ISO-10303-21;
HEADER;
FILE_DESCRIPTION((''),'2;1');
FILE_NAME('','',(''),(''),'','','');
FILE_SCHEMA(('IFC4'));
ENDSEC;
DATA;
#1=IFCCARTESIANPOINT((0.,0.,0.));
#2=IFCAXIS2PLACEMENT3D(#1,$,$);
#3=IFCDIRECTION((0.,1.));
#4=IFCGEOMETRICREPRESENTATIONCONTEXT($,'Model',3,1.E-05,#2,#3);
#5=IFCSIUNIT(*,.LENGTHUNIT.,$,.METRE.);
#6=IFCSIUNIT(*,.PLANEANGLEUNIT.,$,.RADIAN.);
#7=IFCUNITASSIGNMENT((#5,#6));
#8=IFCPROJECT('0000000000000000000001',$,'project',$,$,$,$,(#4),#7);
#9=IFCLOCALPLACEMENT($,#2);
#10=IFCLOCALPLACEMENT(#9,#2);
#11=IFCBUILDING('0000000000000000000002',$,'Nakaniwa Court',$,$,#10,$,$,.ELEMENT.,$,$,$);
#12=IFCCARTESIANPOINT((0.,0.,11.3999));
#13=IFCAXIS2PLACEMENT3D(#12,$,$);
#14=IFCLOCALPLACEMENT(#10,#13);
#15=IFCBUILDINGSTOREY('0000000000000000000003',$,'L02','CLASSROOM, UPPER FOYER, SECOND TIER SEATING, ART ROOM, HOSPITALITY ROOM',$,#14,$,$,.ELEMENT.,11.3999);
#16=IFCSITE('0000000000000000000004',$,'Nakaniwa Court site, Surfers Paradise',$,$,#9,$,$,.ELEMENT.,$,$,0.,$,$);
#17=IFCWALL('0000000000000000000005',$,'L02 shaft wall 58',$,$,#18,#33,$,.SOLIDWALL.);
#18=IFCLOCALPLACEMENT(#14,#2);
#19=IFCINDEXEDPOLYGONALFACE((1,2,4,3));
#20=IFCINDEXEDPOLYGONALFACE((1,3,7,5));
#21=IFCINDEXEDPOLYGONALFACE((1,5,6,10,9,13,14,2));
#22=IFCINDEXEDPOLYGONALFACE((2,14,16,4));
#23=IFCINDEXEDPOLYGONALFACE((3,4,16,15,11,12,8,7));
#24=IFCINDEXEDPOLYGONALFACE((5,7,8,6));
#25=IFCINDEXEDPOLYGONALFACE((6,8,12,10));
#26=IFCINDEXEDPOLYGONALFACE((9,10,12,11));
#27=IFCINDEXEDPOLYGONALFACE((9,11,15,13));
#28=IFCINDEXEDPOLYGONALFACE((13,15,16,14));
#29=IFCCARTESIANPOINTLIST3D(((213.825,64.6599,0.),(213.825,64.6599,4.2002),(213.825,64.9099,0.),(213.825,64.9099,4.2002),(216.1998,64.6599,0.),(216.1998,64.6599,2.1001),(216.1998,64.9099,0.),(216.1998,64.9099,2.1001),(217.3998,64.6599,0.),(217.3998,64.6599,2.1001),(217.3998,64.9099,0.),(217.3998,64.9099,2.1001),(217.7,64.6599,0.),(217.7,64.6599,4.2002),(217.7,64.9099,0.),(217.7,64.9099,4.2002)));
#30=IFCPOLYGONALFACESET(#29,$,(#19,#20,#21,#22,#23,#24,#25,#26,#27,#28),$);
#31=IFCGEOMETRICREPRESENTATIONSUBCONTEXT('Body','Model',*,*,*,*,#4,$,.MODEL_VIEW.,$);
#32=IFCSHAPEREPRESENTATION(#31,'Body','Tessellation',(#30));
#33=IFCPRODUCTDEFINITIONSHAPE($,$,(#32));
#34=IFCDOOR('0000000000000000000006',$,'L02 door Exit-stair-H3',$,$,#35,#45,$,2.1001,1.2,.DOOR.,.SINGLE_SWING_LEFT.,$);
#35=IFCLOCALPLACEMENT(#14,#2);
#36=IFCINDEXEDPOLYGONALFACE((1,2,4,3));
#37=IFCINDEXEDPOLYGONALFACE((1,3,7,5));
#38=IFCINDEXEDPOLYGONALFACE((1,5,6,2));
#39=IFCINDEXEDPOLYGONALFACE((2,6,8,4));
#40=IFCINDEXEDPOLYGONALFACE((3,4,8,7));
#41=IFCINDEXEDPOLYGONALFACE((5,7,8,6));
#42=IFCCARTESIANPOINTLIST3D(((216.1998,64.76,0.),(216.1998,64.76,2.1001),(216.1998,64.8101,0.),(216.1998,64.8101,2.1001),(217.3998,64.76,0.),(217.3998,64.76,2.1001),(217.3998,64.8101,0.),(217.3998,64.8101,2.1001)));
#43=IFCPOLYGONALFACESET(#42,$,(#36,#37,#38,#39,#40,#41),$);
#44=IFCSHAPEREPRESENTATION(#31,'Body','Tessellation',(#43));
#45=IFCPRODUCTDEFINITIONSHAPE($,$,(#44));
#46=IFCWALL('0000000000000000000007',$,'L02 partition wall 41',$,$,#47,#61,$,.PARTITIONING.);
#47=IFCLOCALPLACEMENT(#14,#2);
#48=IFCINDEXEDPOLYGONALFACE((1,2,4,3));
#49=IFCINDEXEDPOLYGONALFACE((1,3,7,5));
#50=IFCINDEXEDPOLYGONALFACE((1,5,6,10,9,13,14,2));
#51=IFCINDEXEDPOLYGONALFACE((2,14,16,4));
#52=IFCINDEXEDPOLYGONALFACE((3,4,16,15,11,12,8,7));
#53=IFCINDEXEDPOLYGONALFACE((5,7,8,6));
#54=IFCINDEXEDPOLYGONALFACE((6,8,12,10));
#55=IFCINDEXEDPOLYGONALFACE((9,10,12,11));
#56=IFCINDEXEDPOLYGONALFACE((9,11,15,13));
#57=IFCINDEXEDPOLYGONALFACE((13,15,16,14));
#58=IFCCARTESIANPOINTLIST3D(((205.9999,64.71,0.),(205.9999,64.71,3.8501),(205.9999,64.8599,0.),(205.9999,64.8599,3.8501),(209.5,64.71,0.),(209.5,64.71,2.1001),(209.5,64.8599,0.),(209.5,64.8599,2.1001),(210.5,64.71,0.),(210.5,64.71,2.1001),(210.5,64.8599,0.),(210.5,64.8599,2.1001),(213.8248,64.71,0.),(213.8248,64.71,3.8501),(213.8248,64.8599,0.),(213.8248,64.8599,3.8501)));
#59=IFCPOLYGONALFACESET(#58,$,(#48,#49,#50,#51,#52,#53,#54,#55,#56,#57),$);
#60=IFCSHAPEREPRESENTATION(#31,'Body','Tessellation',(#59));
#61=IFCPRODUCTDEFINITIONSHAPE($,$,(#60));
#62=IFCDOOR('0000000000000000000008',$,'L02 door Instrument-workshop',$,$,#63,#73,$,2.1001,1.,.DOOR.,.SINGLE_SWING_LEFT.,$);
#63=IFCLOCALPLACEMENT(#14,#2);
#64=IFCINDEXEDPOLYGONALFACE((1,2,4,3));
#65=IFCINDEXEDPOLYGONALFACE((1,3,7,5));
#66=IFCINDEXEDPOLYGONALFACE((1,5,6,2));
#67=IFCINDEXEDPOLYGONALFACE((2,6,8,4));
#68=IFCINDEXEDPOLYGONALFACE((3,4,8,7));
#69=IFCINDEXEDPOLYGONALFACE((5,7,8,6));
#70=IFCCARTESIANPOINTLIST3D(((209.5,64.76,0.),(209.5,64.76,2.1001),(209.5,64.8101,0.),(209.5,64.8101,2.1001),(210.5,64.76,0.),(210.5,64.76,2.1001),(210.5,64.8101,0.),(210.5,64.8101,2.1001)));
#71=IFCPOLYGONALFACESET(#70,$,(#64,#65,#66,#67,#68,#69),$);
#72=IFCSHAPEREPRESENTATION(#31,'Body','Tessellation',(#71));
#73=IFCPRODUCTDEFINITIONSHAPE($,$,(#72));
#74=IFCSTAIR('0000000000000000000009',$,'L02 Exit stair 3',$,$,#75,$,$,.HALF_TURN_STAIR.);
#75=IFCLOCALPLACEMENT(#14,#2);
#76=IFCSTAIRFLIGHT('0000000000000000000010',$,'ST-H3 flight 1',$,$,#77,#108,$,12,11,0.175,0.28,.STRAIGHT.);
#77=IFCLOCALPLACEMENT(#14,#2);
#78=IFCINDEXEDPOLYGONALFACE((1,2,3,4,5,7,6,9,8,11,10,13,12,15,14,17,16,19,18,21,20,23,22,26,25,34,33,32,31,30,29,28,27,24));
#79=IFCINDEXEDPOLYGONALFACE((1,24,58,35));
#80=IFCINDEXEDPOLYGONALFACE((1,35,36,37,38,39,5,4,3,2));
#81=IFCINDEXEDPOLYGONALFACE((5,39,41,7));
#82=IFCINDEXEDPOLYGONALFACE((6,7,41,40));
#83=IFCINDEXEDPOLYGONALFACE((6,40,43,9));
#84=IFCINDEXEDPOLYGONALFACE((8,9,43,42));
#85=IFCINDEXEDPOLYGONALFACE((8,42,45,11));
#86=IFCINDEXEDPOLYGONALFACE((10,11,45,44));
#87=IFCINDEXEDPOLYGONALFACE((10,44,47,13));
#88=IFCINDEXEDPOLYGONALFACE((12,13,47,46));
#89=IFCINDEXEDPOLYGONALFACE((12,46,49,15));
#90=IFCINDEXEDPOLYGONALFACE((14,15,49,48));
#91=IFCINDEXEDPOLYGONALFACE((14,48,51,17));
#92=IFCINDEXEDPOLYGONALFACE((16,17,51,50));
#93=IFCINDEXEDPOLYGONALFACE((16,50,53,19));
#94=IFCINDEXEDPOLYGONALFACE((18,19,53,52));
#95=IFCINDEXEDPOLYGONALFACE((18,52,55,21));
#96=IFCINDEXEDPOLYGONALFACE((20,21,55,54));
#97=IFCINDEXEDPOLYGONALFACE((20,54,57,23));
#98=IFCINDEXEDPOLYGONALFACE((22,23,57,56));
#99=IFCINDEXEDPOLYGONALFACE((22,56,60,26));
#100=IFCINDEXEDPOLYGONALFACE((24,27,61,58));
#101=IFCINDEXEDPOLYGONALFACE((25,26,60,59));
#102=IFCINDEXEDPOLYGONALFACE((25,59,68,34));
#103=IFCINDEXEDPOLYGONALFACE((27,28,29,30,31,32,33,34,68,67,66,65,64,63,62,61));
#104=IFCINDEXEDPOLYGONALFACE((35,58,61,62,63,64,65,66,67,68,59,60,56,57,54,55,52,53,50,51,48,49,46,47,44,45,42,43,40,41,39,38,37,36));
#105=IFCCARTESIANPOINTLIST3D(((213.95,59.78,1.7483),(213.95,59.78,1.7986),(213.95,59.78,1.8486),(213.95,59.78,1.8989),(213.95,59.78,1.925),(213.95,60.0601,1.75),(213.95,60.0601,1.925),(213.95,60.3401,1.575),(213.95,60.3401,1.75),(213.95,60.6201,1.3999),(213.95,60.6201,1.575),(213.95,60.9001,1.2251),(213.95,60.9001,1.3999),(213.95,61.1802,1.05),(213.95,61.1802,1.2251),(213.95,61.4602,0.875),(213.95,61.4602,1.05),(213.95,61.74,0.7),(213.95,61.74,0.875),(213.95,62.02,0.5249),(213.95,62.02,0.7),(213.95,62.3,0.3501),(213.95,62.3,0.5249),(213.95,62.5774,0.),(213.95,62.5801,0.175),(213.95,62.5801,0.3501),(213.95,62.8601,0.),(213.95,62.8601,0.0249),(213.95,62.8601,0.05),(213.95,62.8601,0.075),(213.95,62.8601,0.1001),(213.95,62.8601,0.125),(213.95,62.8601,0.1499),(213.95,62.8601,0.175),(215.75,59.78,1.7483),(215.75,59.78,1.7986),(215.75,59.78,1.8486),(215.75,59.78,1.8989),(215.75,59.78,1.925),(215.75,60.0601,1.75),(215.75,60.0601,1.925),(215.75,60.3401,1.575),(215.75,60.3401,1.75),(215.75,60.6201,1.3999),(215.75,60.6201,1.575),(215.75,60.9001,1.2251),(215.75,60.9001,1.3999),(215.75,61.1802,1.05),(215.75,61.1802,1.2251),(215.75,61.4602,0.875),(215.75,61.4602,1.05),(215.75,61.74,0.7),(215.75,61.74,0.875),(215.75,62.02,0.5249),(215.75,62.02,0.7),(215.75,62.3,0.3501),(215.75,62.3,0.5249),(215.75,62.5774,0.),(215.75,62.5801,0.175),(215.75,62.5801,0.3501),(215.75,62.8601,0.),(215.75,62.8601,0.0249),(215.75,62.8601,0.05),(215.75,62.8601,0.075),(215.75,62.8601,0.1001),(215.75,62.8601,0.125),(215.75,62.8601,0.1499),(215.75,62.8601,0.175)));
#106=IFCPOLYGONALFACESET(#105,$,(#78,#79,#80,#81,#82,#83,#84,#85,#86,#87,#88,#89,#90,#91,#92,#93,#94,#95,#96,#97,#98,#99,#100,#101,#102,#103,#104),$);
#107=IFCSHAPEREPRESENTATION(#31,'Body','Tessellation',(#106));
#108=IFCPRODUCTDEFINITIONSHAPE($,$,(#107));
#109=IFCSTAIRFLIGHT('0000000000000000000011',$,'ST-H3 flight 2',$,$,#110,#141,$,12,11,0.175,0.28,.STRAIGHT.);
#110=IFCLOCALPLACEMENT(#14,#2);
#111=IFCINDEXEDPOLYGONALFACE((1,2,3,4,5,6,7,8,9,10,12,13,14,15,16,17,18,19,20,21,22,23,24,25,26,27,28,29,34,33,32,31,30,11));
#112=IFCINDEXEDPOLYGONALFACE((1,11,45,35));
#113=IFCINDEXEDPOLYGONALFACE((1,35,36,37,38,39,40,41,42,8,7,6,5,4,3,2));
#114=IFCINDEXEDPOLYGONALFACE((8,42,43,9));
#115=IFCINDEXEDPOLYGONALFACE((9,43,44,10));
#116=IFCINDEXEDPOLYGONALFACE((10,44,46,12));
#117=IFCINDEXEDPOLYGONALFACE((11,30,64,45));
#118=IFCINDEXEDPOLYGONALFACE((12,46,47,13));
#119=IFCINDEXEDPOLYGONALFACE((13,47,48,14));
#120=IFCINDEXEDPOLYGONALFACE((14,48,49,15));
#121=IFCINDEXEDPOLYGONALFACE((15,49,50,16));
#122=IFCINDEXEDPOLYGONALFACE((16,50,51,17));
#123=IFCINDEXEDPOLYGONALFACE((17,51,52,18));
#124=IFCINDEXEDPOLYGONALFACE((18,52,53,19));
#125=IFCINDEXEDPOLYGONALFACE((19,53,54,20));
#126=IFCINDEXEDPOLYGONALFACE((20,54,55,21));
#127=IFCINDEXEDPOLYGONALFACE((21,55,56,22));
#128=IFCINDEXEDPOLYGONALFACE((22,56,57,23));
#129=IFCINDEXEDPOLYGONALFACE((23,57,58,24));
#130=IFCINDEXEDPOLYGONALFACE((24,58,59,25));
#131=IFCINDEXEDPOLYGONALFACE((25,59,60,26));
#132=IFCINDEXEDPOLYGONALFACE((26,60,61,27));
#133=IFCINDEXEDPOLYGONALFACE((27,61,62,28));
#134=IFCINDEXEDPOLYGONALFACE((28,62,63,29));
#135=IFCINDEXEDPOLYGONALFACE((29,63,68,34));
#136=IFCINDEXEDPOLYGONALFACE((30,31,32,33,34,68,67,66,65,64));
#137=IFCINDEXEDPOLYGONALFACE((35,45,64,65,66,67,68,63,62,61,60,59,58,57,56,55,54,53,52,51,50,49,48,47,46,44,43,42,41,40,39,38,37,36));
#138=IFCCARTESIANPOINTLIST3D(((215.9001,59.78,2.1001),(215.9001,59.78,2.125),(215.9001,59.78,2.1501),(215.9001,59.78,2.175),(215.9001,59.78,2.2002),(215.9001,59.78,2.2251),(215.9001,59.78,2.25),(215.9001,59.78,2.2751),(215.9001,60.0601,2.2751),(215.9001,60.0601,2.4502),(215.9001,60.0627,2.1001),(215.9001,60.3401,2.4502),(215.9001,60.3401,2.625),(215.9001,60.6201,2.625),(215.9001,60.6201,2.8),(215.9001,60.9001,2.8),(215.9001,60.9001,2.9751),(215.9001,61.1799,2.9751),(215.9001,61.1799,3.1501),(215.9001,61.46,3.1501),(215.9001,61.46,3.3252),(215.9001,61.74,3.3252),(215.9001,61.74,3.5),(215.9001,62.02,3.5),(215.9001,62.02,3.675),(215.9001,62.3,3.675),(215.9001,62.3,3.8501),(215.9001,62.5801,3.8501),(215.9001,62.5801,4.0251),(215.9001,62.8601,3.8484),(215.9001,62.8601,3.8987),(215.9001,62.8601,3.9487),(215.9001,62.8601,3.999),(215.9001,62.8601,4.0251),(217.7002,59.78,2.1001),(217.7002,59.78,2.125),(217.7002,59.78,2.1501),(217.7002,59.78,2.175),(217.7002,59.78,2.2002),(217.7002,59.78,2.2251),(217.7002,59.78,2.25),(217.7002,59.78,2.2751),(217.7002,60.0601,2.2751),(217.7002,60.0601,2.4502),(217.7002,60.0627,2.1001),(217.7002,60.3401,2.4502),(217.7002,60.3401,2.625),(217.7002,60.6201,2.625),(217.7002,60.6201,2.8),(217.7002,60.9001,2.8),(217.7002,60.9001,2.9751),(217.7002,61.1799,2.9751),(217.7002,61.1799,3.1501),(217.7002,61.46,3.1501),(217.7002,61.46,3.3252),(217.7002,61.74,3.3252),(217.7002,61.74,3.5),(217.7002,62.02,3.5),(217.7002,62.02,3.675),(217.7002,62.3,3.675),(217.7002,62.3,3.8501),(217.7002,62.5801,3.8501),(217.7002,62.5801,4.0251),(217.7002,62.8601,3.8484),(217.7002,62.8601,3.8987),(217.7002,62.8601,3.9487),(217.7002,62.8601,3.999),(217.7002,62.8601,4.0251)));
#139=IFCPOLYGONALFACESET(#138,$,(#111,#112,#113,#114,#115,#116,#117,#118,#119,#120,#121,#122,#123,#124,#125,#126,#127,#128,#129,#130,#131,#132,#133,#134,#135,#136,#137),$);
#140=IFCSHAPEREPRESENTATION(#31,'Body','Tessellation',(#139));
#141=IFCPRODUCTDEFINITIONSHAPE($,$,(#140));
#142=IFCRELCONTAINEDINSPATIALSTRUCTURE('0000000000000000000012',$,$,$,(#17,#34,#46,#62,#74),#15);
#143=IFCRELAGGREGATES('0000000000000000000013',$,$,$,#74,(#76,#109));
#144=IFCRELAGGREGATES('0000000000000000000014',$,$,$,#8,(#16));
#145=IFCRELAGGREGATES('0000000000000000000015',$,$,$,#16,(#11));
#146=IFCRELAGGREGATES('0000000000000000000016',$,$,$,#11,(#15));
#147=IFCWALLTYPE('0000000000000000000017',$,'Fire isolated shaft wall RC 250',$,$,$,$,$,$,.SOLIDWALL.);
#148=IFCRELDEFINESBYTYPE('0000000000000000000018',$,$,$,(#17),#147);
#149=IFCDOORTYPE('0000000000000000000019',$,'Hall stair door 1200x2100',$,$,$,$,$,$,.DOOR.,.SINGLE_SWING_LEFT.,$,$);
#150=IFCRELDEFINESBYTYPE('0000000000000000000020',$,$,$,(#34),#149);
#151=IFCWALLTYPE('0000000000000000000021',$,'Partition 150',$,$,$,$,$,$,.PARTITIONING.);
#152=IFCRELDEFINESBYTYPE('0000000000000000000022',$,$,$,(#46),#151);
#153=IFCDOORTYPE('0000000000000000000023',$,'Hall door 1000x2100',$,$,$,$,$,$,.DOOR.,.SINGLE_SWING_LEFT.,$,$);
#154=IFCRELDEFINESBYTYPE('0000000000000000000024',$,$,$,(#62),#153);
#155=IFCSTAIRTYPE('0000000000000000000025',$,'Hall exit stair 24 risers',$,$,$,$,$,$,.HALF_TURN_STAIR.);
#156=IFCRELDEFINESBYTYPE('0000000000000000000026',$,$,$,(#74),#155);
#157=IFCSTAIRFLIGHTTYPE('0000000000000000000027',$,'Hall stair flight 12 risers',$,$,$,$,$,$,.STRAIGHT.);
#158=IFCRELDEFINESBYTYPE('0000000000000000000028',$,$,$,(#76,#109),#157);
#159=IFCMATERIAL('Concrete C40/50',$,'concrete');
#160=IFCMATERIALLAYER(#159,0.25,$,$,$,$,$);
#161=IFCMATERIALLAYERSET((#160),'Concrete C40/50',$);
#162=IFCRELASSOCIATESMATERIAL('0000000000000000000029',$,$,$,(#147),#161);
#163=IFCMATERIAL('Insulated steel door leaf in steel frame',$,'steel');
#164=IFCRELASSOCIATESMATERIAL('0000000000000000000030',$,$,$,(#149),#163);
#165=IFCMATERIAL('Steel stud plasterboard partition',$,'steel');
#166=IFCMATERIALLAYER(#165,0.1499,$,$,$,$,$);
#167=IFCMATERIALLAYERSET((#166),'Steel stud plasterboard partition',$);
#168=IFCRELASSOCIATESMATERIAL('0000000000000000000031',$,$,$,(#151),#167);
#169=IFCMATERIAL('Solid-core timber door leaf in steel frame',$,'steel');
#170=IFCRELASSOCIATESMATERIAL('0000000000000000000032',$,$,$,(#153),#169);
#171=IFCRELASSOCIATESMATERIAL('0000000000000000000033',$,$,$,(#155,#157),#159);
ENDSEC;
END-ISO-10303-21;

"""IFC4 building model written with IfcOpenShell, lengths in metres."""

from ifc_helpers import new_model, si_unit, direction, frame, frame_2d, origin, place, context, subcontext, project, spatial, polyline, rectangle, outline, extrude, material, layer, layer_set, type_object, element, fill, aggregate, save


model = new_model("IFC4")

# Units and contexts
model_context = context("Model", 3, precision=1e-05, world=origin(), true_north=direction((0.0, 1.0)))
body_context = subcontext(model_context, "Body", "Model", "MODEL_VIEW")
ifc_project = project(units=[si_unit("LENGTHUNIT", "METRE"), si_unit("PLANEANGLEUNIT", "RADIAN")], contexts=[model_context])

# Site, building, storey
site_placement = place(None, origin())
site = spatial("IfcSite", under=ifc_project, at=site_placement, Name="Nakaniwa Court site, Surfers Paradise", CompositionType="ELEMENT", RefElevation=0.0)
building_placement = place(site_placement, origin())
building = spatial("IfcBuilding", under=site, at=building_placement, Name="Nakaniwa Court", CompositionType="ELEMENT")
storey_placement = place(building_placement, frame((0.0, 0.0, 11.3999)))
storey = spatial("IfcBuildingStorey", under=building, at=storey_placement, Name="L02", Description="CLASSROOM, UPPER FOYER, SECOND TIER SEATING, ART ROOM, HOSPITALITY ROOM", CompositionType="ELEMENT", Elevation=11.3999)

# Shared definitions
ifc_material_1 = material(Name="Concrete C40/50", Category="concrete")
ifc_layer_1 = layer(ifc_material_1, 0.25)
ifc_layer_set_1 = layer_set([ifc_layer_1], Name="Concrete C40/50")
wall_type_1 = type_object("IfcWallType", Name="Fire isolated shaft wall RC 250", PredefinedType="SOLIDWALL", material=ifc_layer_set_1)

# Walls, openings, doors
wall_1_placement = place(storey_placement, frame((217.7, 64.7849, 0.0), z_axis=(0.0, 0.0, 1.0), x_axis=(-1.0, 0.0, 0.0)))
wall_1 = element("IfcWall", 1, at=wall_1_placement, inside=storey, type_object=wall_type_1, Name="L02 shaft wall 58", PredefinedType="SOLIDWALL", context=body_context, shape_type="SweptSolid", body=[
    extrude(rectangle(XDim=3.875, YDim=0.25, at=frame_2d((1.9375, 0.0))), origin(), (0.0, 0.0, 1.0), 4.2002),
])
opening_1_placement = place(wall_1_placement, frame((0.3, 0.0, 0.0)))
opening_1 = element("IfcOpeningElement", 2, at=opening_1_placement, cuts=wall_1, PredefinedType="OPENING", context=body_context, shape_type="SweptSolid", body=[
    extrude(rectangle(XDim=1.2, YDim=2.1001, at=frame_2d((0.6001, 1.05))), frame((0.0, 0.135, 0.0), z_axis=(0.0, -1.0, 0.0), x_axis=(1.0, 0.0, 0.0)), (0.0, 0.0, 1.0), 0.27),
])
ifc_material_2 = material(Name="Insulated steel door leaf in steel frame", Category="steel")
door_type_1 = type_object("IfcDoorType", Name="Hall stair door 1200x2100", OperationType="SINGLE_SWING_LEFT", PredefinedType="DOOR", material=ifc_material_2)
door_1_placement = place(opening_1_placement, origin())
door_1 = element("IfcDoor", 3, at=door_1_placement, inside=storey, type_object=door_type_1, Name="L02 door Exit-stair-H3", OperationType="SINGLE_SWING_LEFT", OverallHeight=2.1001, OverallWidth=1.2, PredefinedType="DOOR", context=body_context, shape_type="SweptSolid", body=[
    extrude(rectangle(XDim=1.2, YDim=2.1001, at=frame_2d((0.6001, 1.05))), frame((0.0, 0.0249, 0.0), z_axis=(0.0, -1.0, 0.0), x_axis=(1.0, 0.0, 0.0)), (0.0, 0.0, 1.0), 0.05),
])
fill(opening_1, door_1)
ifc_material_3 = material(Name="Steel stud plasterboard partition", Category="steel")
ifc_layer_2 = layer(ifc_material_3, 0.1499)
ifc_layer_set_2 = layer_set([ifc_layer_2], Name="Steel stud plasterboard partition")
wall_type_2 = type_object("IfcWallType", Name="Partition 150", PredefinedType="PARTITIONING", material=ifc_layer_set_2)
wall_2_placement = place(storey_placement, frame((213.825, 64.7849, 0.0), z_axis=(0.0, 0.0, 1.0), x_axis=(-1.0, 0.0, 0.0)))
wall_2 = element("IfcWall", 4, at=wall_2_placement, inside=storey, type_object=wall_type_2, Name="L02 partition wall 41", PredefinedType="PARTITIONING", context=body_context, shape_type="SweptSolid", body=[
    extrude(rectangle(XDim=7.825, YDim=0.1499, at=frame_2d((3.9126, 0.0))), origin(), (0.0, 0.0, 1.0), 3.8501),
])
opening_2_placement = place(wall_2_placement, frame((3.325, 0.0, 0.0)))
opening_2 = element("IfcOpeningElement", 5, at=opening_2_placement, cuts=wall_2, PredefinedType="OPENING", context=body_context, shape_type="SweptSolid", body=[
    extrude(rectangle(XDim=1.0, YDim=2.1001, at=frame_2d((0.5, 1.05))), frame((0.0, 0.085, 0.0), z_axis=(0.0, -1.0, 0.0), x_axis=(1.0, 0.0, 0.0)), (0.0, 0.0, 1.0), 0.1699),
])
ifc_material_4 = material(Name="Solid-core timber door leaf in steel frame", Category="steel")
door_type_2 = type_object("IfcDoorType", Name="Hall door 1000x2100", OperationType="SINGLE_SWING_LEFT", PredefinedType="DOOR", material=ifc_material_4)
door_2_placement = place(opening_2_placement, origin())
door_2 = element("IfcDoor", 6, at=door_2_placement, inside=storey, type_object=door_type_2, Name="L02 door Instrument-workshop", OperationType="SINGLE_SWING_LEFT", OverallHeight=2.1001, OverallWidth=1.0, PredefinedType="DOOR", context=body_context, shape_type="SweptSolid", body=[
    extrude(rectangle(XDim=1.0, YDim=2.1001, at=frame_2d((0.5, 1.05))), frame((0.0, 0.0249, 0.0), z_axis=(0.0, -1.0, 0.0), x_axis=(1.0, 0.0, 0.0)), (0.0, 0.0, 1.0), 0.05),
])
fill(opening_2, door_2)

# Stair, stair flights
stair_type = type_object("IfcStairType", Name="Hall exit stair 24 risers", PredefinedType="HALF_TURN_STAIR", material=ifc_material_1)
stair_placement = place(storey_placement, origin())
stair = element("IfcStair", 7, at=stair_placement, inside=storey, type_object=stair_type, Name="L02 Exit stair 3", PredefinedType="HALF_TURN_STAIR")
stair_flight_type = type_object("IfcStairFlightType", Name="Hall stair flight 12 risers", PredefinedType="STRAIGHT", material=ifc_material_1)
stair_flight_1_placement = place(storey_placement, frame((214.8501, 62.8601, 0.0), z_axis=(0.0, 0.0, 1.0), x_axis=(0.0, -1.0, 0.0)))
stair_flight_1 = element("IfcStairFlight", 8, at=stair_flight_1_placement, type_object=stair_flight_type, Name="ST-H3 flight 1", NumberOfRisers=12, NumberOfTreads=11, PredefinedType="STRAIGHT", RiserHeight=0.175, TreadLength=0.28, context=body_context, shape_type="SweptSolid", body=[
    extrude(outline(polyline([(0.0, 0.0), (0.0, 0.0249), (0.0, 0.05), (0.0, 0.075), (0.0, 0.1001), (0.0, 0.125), (0.0, 0.1499), (0.0, 0.175), (0.28, 0.175), (0.28, 0.3501), (0.5601, 0.3501), (0.5601, 0.5249), (0.8401, 0.5249), (0.8401, 0.7), (1.1201, 0.7), (1.1201, 0.875), (1.3999, 0.875), (1.3999, 1.05), (1.6799, 1.05), (1.6799, 1.2251), (1.96, 1.2251), (1.96, 1.3999), (2.24, 1.3999), (2.24, 1.575), (2.52, 1.575), (2.52, 1.75), (2.8, 1.75), (2.8, 1.925), (3.0801, 1.925), (3.0801, 2.1001), (3.0801, 2.0498), (3.0801, 1.9995), (3.0801, 1.9492), (3.0801, 1.8989), (3.0801, 1.8486), (3.0801, 1.7986), (3.0801, 1.7483), (0.2827, 0.0), (0.0, 0.0)])), frame((0.0, 0.8999, 0.0), z_axis=(0.0, -1.0, 0.0), x_axis=(1.0, 0.0, 0.0)), (0.0, 0.0, 1.0), 1.8),
])
stair_flight_2_placement = place(storey_placement, frame((216.8, 59.78, 2.1001), z_axis=(0.0, 0.0, 1.0), x_axis=(0.0, 1.0, 0.0)))
stair_flight_2 = element("IfcStairFlight", 9, at=stair_flight_2_placement, type_object=stair_flight_type, Name="ST-H3 flight 2", NumberOfRisers=12, NumberOfTreads=11, PredefinedType="STRAIGHT", RiserHeight=0.175, TreadLength=0.28, context=body_context, shape_type="SweptSolid", body=[
    extrude(outline(polyline([(0.0, 0.0), (0.0, 0.0249), (0.0, 0.05), (0.0, 0.075), (0.0, 0.1001), (0.0, 0.125), (0.0, 0.1499), (0.0, 0.175), (0.28, 0.175), (0.28, 0.3501), (0.5601, 0.3501), (0.5601, 0.5249), (0.8401, 0.5249), (0.8401, 0.7), (1.1201, 0.7), (1.1201, 0.875), (1.3999, 0.875), (1.3999, 1.05), (1.6799, 1.05), (1.6799, 1.2251), (1.96, 1.2251), (1.96, 1.3999), (2.24, 1.3999), (2.24, 1.575), (2.52, 1.575), (2.52, 1.75), (2.8, 1.75), (2.8, 1.925), (3.0801, 1.925), (3.0801, 2.1001), (3.0801, 2.0498), (3.0801, 1.9995), (3.0801, 1.9492), (3.0801, 1.8989), (3.0801, 1.8486), (3.0801, 1.7986), (3.0801, 1.7483), (0.2827, 0.0), (0.0, 0.0)])), frame((0.0, 0.8999, 0.0), z_axis=(0.0, -1.0, 0.0), x_axis=(1.0, 0.0, 0.0)), (0.0, 0.0, 1.0), 1.8),
])
aggregate(stair, [stair_flight_1, stair_flight_2])

save(model, "model.ifc")
